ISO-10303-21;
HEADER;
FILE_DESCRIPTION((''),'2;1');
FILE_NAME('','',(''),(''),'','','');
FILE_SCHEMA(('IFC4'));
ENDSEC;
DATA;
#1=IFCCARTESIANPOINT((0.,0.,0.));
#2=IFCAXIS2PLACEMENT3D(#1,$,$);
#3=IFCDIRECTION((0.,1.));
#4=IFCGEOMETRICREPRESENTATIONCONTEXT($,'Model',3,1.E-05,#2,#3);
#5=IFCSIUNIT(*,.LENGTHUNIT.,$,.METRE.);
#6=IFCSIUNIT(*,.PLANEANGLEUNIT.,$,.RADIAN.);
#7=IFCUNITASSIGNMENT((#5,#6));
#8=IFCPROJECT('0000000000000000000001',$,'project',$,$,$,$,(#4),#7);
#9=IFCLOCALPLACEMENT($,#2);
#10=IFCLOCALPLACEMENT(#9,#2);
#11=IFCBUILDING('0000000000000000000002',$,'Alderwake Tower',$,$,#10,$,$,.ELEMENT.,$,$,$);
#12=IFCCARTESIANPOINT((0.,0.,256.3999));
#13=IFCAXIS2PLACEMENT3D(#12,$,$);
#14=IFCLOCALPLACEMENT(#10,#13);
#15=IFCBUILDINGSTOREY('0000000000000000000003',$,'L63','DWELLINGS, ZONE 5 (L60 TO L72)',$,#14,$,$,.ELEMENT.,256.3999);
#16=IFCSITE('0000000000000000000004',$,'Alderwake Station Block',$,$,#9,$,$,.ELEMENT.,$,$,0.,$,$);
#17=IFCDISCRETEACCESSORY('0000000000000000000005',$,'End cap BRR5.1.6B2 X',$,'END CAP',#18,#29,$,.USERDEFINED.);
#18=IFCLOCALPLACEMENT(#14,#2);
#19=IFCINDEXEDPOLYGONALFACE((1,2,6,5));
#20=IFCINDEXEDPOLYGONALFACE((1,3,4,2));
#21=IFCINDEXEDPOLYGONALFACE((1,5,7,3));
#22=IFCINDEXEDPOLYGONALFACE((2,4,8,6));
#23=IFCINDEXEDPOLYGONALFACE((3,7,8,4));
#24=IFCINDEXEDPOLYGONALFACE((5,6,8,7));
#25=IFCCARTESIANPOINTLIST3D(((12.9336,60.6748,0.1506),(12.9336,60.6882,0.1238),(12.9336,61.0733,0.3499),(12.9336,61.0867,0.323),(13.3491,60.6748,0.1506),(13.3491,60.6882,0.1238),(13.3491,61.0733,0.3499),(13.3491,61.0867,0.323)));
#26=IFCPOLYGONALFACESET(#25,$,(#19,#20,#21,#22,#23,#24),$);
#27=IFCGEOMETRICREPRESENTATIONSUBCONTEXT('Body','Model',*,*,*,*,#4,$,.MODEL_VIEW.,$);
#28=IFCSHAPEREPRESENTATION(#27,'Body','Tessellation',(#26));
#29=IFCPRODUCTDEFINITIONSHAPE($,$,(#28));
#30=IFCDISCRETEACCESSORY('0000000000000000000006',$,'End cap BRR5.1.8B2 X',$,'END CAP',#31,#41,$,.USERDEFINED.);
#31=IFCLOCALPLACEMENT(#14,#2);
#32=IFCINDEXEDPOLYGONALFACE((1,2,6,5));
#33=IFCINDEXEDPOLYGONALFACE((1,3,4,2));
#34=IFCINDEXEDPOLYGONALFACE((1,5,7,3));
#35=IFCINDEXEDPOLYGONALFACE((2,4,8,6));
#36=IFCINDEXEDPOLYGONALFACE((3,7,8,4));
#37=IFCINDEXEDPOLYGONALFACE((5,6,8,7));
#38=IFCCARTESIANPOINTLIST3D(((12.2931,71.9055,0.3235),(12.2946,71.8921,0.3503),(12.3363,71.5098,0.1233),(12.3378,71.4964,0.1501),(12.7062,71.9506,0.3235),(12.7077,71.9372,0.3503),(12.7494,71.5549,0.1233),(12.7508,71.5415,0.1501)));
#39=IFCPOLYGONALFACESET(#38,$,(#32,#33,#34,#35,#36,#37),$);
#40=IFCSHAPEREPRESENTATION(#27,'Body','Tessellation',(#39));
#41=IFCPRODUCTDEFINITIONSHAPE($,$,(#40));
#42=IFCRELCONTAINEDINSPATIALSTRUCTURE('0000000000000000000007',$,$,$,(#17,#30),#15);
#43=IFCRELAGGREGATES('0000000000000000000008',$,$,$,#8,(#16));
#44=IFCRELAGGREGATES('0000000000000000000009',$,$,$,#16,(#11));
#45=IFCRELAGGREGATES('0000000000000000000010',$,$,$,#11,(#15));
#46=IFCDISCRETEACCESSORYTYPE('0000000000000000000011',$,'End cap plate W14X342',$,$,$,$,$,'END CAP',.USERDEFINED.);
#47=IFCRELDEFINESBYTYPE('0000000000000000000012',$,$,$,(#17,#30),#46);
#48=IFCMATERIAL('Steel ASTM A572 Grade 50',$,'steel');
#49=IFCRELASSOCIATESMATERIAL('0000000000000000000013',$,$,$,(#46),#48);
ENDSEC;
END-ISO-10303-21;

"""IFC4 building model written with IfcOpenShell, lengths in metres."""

from ifc_helpers import new_model, si_unit, direction, frame, origin, origin_2d, place, context, subcontext, project, spatial, rectangle, extrude, material, material_profile, profile_set, type_object, element, save


model = new_model("IFC4")

# Units and contexts
model_context = context("Model", 3, precision=1e-05, world=origin(), true_north=direction((0.0, 1.0)))
body_context = subcontext(model_context, "Body", "Model", "MODEL_VIEW")
ifc_project = project(units=[si_unit("LENGTHUNIT", "METRE"), si_unit("PLANEANGLEUNIT", "RADIAN")], contexts=[model_context])

# Site, building, storey
site_placement = place(None, origin())
site = spatial("IfcSite", under=ifc_project, at=site_placement, Name="Alderwake Station Block", CompositionType="ELEMENT", RefElevation=0.0)
building_placement = place(site_placement, origin())
building = spatial("IfcBuilding", under=site, at=building_placement, Name="Alderwake Tower", CompositionType="ELEMENT")
storey_placement = place(building_placement, frame((0.0, 0.0, 256.3999)))
storey = spatial("IfcBuildingStorey", under=building, at=storey_placement, Name="L63", Description="DWELLINGS, ZONE 5 (L60 TO L72)", CompositionType="ELEMENT", Elevation=256.3999)

# Discrete accessories
ifc_material_1 = material(Name="Steel ASTM A572 Grade 50", Category="steel")
ifc_material_profile_1 = material_profile(ifc_material_1, rectangle(XDim=0.4155, YDim=0.4456, at=origin_2d()), Name="W14X342 cap")
ifc_profile_set_1 = profile_set([ifc_material_profile_1], Name="Steel ASTM A572 Grade 50")
discrete_accessory_type = type_object("IfcDiscreteAccessoryType", Name="End cap plate W14X342", ElementType="END CAP", PredefinedType="USERDEFINED", material=ifc_profile_set_1)
for number, where, z_axis, x_axis, name in (
    (1, (13.1414, 60.874, 0.2502), (0.0, 0.447214, -0.894427), (-1.0, 0.0, 0.0), "End cap BRR5.1.6B2 X"),
    (2, (12.5227, 71.7168, 0.2502), (-0.048729, 0.446682, -0.893365), (-0.994102, -0.108448, 0.0), "End cap BRR5.1.8B2 X"),
):
    element("IfcDiscreteAccessory", number, at=place(storey_placement, frame(where, z_axis=z_axis, x_axis=x_axis)), inside=storey, type_object=discrete_accessory_type, Name=name, ObjectType="END CAP", PredefinedType="USERDEFINED", context=body_context, shape_type="SweptSolid", body=[
        extrude(rectangle(XDim=0.4155, YDim=0.4456, at=origin_2d()), origin(), (0.0, 0.0, 1.0), 0.03),
    ])

save(model, "model.ifc")
